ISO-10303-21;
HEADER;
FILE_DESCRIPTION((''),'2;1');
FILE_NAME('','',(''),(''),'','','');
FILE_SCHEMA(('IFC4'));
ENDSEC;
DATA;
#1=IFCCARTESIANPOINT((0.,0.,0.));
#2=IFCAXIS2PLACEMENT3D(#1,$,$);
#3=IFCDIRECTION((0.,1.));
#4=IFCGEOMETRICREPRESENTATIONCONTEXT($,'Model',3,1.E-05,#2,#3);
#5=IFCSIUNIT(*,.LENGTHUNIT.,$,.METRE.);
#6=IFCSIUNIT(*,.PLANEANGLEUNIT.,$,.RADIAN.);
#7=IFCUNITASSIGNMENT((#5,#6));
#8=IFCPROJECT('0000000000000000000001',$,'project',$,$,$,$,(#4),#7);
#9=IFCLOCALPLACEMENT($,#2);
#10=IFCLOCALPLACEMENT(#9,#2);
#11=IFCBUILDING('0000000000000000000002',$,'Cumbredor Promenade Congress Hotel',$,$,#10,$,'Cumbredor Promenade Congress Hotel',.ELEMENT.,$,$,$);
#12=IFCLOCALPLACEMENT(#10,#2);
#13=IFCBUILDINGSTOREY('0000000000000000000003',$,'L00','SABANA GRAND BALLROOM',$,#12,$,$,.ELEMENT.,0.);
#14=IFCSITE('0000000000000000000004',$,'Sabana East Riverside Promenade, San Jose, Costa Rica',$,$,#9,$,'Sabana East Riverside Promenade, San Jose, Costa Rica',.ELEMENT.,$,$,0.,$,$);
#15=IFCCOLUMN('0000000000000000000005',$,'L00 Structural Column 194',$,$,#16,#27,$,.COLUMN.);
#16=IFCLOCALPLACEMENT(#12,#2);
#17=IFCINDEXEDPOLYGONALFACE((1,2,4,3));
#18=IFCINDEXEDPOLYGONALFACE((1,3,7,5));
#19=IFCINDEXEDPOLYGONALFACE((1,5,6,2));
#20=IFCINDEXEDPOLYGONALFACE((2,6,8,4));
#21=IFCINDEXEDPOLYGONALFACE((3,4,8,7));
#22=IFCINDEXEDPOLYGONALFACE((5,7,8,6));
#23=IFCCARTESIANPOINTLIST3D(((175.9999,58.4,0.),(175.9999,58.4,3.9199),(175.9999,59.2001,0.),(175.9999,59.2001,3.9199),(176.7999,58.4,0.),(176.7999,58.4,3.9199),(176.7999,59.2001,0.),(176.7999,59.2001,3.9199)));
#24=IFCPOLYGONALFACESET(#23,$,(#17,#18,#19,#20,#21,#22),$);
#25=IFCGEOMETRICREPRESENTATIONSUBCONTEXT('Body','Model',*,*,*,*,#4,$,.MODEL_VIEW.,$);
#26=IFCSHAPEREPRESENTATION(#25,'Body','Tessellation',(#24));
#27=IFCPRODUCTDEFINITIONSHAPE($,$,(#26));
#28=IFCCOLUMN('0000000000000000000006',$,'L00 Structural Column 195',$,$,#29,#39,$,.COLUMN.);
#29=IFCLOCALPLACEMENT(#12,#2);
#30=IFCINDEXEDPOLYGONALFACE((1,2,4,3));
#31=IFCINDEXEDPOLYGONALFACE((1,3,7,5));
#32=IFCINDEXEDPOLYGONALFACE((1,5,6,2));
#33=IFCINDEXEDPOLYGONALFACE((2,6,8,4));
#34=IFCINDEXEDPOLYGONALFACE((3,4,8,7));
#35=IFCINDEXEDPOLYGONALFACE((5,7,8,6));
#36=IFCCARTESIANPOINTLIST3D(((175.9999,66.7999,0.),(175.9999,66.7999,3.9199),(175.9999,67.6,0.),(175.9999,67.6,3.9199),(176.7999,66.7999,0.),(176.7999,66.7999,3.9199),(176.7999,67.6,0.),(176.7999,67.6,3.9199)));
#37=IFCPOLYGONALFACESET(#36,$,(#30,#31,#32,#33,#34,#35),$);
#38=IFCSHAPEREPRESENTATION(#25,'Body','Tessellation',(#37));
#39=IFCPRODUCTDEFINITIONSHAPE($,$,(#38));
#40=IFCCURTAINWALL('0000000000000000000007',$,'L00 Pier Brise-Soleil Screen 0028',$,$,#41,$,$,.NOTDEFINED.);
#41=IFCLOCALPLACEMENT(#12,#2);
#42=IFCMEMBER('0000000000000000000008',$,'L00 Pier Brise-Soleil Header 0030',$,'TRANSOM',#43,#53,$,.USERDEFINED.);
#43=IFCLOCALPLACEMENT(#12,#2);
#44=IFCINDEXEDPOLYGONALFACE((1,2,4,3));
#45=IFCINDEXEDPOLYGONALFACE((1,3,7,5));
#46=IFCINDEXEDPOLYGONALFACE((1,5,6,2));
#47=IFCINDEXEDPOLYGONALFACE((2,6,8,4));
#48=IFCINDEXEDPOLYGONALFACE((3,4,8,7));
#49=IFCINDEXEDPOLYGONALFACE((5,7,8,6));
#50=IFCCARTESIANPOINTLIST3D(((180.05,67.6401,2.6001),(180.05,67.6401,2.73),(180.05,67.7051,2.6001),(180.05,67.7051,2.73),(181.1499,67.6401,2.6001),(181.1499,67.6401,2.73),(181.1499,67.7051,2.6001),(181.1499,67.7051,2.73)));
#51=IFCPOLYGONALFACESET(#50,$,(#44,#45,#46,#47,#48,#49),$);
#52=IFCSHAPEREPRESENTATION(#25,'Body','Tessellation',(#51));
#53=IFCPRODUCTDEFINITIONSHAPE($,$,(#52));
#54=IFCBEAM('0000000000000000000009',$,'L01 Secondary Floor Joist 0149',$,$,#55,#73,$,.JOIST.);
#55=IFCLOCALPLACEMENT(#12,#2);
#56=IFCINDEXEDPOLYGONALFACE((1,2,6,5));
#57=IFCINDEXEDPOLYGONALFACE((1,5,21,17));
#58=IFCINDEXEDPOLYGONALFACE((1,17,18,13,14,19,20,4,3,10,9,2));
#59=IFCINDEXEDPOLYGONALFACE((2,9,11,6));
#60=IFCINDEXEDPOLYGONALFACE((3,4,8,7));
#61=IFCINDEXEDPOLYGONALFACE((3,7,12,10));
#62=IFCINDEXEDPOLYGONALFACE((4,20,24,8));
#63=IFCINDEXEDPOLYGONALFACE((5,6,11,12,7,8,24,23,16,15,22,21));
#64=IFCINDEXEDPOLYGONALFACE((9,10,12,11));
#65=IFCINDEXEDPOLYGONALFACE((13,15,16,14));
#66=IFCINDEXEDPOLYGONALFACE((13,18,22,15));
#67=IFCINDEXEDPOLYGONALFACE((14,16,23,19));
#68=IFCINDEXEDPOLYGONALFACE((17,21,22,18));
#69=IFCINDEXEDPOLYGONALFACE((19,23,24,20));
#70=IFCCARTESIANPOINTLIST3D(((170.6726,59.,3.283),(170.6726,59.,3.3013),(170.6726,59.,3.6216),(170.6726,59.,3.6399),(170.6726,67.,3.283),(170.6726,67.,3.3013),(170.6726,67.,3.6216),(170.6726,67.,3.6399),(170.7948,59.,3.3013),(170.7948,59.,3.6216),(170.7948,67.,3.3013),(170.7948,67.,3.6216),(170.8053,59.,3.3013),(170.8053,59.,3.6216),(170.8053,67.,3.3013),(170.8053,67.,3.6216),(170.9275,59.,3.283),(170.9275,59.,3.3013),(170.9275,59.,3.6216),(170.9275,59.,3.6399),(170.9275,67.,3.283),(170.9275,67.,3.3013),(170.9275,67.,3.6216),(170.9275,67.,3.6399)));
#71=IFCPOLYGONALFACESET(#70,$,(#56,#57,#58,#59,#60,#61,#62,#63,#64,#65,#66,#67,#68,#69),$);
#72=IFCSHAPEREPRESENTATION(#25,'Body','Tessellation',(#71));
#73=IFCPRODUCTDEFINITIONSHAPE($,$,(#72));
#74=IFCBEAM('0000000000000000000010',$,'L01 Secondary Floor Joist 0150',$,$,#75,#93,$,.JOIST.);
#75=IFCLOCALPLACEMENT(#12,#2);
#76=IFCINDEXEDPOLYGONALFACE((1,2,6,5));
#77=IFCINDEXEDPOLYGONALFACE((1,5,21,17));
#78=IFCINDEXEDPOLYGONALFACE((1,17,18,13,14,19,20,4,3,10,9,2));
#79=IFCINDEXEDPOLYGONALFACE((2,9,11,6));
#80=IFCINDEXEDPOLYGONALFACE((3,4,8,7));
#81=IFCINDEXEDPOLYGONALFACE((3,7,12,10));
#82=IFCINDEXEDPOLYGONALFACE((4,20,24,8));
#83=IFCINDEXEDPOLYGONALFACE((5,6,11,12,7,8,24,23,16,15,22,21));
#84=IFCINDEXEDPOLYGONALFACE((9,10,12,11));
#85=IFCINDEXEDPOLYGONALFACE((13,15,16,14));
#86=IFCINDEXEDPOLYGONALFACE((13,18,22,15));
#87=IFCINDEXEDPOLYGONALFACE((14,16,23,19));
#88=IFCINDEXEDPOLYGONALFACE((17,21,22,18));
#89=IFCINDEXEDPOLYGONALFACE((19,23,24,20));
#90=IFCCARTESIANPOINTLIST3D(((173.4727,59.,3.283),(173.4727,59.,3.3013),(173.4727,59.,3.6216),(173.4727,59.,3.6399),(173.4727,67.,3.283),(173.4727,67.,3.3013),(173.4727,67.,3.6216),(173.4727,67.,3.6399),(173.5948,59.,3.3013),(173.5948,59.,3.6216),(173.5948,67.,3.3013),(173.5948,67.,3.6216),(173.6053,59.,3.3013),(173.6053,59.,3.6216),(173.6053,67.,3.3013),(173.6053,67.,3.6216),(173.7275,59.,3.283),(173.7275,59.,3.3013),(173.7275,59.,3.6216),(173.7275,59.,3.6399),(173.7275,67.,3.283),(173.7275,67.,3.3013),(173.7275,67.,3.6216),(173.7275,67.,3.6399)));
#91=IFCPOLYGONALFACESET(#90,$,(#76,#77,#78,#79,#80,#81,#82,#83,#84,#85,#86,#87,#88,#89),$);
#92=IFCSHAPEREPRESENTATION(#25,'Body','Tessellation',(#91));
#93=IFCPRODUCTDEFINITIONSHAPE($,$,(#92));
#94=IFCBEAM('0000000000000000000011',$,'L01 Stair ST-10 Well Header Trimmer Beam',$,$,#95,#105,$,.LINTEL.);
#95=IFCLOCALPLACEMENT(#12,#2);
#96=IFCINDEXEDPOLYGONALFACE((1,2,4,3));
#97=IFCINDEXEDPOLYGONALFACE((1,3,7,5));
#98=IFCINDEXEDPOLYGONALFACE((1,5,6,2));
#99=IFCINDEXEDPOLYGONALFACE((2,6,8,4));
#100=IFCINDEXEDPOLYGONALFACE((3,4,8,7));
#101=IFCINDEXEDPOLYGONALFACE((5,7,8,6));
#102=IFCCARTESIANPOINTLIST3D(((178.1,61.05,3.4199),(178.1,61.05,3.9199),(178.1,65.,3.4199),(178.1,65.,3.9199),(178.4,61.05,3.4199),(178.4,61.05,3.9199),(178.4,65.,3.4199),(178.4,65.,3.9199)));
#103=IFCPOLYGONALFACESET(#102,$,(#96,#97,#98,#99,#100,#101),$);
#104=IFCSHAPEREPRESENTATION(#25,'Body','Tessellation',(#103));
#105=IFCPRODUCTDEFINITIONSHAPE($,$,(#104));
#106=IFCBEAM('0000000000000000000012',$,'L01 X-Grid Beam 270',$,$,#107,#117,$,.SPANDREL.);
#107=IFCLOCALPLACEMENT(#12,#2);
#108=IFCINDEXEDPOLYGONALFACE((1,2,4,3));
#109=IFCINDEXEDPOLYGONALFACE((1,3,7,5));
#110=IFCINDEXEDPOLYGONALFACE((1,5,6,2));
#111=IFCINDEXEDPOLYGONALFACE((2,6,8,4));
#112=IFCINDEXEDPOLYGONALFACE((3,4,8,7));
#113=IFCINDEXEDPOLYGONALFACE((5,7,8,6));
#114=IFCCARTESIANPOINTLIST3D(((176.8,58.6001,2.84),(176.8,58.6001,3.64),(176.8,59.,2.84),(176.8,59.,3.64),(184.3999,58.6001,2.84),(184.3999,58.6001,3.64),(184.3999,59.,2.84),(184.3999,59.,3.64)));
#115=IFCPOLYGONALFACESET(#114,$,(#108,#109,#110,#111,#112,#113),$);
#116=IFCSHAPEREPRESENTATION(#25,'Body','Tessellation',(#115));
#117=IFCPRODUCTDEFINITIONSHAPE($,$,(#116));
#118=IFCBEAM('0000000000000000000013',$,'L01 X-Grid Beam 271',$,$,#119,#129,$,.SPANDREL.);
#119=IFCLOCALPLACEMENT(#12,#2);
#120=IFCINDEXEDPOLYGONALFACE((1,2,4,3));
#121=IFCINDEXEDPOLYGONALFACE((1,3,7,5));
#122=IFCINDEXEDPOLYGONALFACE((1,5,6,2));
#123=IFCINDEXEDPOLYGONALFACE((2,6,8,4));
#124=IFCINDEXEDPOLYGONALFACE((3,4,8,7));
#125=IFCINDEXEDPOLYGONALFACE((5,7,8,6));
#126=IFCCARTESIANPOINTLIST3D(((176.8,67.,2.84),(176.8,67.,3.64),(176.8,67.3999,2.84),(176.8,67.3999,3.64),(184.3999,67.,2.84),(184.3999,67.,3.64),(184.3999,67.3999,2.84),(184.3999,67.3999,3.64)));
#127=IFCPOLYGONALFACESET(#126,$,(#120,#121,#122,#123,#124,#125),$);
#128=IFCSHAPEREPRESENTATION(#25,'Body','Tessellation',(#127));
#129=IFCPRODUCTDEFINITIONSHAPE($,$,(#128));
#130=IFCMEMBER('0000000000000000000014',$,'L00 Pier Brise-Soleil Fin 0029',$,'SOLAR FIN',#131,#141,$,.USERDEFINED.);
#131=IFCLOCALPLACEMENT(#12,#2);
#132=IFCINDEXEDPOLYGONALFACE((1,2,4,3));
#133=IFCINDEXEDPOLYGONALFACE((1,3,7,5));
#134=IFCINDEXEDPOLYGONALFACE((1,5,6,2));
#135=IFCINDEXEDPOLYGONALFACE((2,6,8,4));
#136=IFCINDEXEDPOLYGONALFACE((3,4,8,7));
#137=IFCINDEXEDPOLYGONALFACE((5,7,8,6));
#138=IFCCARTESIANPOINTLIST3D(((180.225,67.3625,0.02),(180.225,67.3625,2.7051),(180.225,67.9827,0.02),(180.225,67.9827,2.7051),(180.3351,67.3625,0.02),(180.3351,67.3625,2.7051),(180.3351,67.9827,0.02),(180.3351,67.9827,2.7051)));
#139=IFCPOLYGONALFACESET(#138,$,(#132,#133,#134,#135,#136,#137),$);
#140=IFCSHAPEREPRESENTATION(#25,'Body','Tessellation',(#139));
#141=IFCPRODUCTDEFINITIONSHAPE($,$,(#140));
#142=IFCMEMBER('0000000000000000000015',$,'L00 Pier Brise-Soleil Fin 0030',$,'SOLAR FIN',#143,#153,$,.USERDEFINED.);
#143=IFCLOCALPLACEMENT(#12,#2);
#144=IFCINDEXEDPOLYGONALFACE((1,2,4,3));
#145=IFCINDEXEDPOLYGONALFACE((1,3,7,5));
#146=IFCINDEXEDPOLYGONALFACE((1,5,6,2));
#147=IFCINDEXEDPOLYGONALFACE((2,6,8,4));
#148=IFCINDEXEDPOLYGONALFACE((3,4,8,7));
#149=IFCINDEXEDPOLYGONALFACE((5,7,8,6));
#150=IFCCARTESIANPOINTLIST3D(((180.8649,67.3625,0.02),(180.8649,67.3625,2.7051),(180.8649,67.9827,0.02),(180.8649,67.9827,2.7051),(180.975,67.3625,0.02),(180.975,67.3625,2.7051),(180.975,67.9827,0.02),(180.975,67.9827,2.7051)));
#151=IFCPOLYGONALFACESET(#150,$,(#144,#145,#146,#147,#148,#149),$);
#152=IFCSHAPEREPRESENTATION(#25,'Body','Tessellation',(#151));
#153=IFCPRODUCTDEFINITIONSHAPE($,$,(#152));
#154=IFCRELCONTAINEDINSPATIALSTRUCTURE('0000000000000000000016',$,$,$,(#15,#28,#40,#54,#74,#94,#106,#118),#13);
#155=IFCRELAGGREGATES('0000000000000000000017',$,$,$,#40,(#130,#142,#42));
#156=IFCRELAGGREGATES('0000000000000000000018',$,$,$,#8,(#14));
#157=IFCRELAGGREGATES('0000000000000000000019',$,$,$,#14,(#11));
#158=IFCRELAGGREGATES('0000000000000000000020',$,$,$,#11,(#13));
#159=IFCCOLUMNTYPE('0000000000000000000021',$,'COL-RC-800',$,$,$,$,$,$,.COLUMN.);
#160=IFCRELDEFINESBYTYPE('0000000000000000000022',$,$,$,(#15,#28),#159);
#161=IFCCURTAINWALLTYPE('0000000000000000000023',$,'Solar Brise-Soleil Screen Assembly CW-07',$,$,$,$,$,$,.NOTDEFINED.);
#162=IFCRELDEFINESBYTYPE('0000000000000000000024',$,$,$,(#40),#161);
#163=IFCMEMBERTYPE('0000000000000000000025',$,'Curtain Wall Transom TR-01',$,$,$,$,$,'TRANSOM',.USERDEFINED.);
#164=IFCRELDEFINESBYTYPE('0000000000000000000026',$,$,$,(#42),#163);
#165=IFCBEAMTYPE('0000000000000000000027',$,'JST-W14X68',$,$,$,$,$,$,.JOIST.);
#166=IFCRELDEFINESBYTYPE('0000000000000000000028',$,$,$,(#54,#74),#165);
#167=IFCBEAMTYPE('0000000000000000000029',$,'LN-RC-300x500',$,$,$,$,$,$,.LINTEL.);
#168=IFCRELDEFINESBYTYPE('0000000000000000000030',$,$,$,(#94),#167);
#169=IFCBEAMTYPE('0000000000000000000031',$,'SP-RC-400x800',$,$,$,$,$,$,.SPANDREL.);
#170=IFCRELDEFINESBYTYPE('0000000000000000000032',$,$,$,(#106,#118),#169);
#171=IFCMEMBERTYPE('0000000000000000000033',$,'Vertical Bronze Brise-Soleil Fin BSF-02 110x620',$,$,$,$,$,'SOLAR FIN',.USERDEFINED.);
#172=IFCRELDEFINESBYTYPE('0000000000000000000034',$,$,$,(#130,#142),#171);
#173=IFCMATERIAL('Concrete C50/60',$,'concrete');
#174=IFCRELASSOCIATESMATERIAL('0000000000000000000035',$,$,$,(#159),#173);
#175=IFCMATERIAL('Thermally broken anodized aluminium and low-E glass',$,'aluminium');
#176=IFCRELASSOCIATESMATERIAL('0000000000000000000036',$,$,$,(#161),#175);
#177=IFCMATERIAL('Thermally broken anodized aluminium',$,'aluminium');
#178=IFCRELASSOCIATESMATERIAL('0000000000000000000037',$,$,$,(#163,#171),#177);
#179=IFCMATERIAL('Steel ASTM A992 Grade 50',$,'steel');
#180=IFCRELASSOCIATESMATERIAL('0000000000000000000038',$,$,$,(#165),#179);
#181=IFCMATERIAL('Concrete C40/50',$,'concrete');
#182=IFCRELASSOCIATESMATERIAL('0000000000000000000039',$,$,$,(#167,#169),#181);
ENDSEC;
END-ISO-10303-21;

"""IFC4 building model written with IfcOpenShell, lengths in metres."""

from ifc_helpers import new_model, si_unit, direction, frame, origin, origin_2d, place, context, subcontext, project, spatial, rectangle, i_section, extrude, material, material_profile, profile_set, type_object, element, aggregate, save


model = new_model("IFC4")

# Units and contexts
model_context = context("Model", 3, precision=1e-05, world=origin(), true_north=direction((0.0, 1.0)))
body_context = subcontext(model_context, "Body", "Model", "MODEL_VIEW")
ifc_project = project(units=[si_unit("LENGTHUNIT", "METRE"), si_unit("PLANEANGLEUNIT", "RADIAN")], contexts=[model_context])

# Site, building, storey
site_placement = place(None, origin())
site = spatial("IfcSite", under=ifc_project, at=site_placement, Name="Sabana East Riverside Promenade, San Jose, Costa Rica", LongName="Sabana East Riverside Promenade, San Jose, Costa Rica", CompositionType="ELEMENT", RefElevation=0.0)
building_placement = place(site_placement, origin())
building = spatial("IfcBuilding", under=site, at=building_placement, Name="Cumbredor Promenade Congress Hotel", LongName="Cumbredor Promenade Congress Hotel", CompositionType="ELEMENT")
storey_placement = place(building_placement, origin())
storey = spatial("IfcBuildingStorey", under=building, at=storey_placement, Name="L00", Description="SABANA GRAND BALLROOM", CompositionType="ELEMENT", Elevation=0.0)

# Columns
ifc_material_1 = material(Name="Concrete C50/60", Category="concrete")
ifc_material_profile_1 = material_profile(ifc_material_1, rectangle(XDim=0.8, YDim=0.8, at=origin_2d()), Name="RC 800x800")
ifc_profile_set_1 = profile_set([ifc_material_profile_1], Name="Concrete C50/60")
column_type = type_object("IfcColumnType", Name="COL-RC-800", PredefinedType="COLUMN", material=ifc_profile_set_1)
for number, where, z_axis, x_axis, name in (
    (1, (176.3999, 58.8, 0.0), (0.0, 0.0, 1.0), (1.0, 0.0, 0.0), "L00 Structural Column 194"),
    (2, (176.3999, 67.2, 0.0), (0.0, 0.0, 1.0), (1.0, 0.0, 0.0), "L00 Structural Column 195"),
):
    element("IfcColumn", number, at=place(storey_placement, frame(where, z_axis=z_axis, x_axis=x_axis)), inside=storey, type_object=column_type, Name=name, PredefinedType="COLUMN", context=body_context, shape_type="SweptSolid", body=[
        extrude(rectangle(XDim=0.8, YDim=0.8, at=origin_2d()), origin(), (0.0, 0.0, 1.0), 3.9199),
    ])

# Curtain wall, member
ifc_material_2 = material(Name="Thermally broken anodized aluminium and low-E glass", Category="aluminium")
curtain_wall_type = type_object("IfcCurtainWallType", Name="Solar Brise-Soleil Screen Assembly CW-07", PredefinedType="NOTDEFINED", material=ifc_material_2)
curtain_wall_placement = place(storey_placement, origin())
curtain_wall = element("IfcCurtainWall", 3, at=curtain_wall_placement, inside=storey, type_object=curtain_wall_type, Name="L00 Pier Brise-Soleil Screen 0028", PredefinedType="NOTDEFINED")
ifc_material_3 = material(Name="Thermally broken anodized aluminium", Category="aluminium")
ifc_material_profile_2 = material_profile(ifc_material_3, rectangle(XDim=0.0649, YDim=0.1299, at=origin_2d()), Name="ALU TRANSOM 65x130")
ifc_profile_set_2 = profile_set([ifc_material_profile_2], Name="Thermally broken anodized aluminium")
member_type_1 = type_object("IfcMemberType", Name="Curtain Wall Transom TR-01", ElementType="TRANSOM", PredefinedType="USERDEFINED", material=ifc_profile_set_2)
member_1_placement = place(storey_placement, frame((180.05, 67.6726, 2.665), z_axis=(1.0, 0.0, 0.0), x_axis=(0.0, 1.0, 0.0)))
member_1 = element("IfcMember", 4, at=member_1_placement, type_object=member_type_1, Name="L00 Pier Brise-Soleil Header 0030", ObjectType="TRANSOM", PredefinedType="USERDEFINED", context=body_context, shape_type="SweptSolid", body=[
    extrude(rectangle(XDim=0.0649, YDim=0.1299, at=origin_2d()), origin(), (0.0, 0.0, 1.0), 1.0999),
])

# Beams
ifc_material_4 = material(Name="Steel ASTM A992 Grade 50", Category="steel")
ifc_material_profile_3 = material_profile(ifc_material_4, i_section(OverallWidth=0.2549, OverallDepth=0.3569, WebThickness=0.0105, FlangeThickness=0.0183, at=origin_2d()), Name="W14X68")
ifc_profile_set_3 = profile_set([ifc_material_profile_3], Name="Steel ASTM A992 Grade 50")
beam_type_1 = type_object("IfcBeamType", Name="JST-W14X68", PredefinedType="JOIST", material=ifc_profile_set_3)
for number, where, z_axis, x_axis, name in (
    (5, (170.8, 59.0, 3.4614), (0.0, 1.0, 0.0), (-1.0, 0.0, 0.0), "L01 Secondary Floor Joist 0149"),
    (6, (173.6001, 59.0, 3.4614), (0.0, 1.0, 0.0), (-1.0, 0.0, 0.0), "L01 Secondary Floor Joist 0150"),
):
    element("IfcBeam", number, at=place(storey_placement, frame(where, z_axis=z_axis, x_axis=x_axis)), inside=storey, type_object=beam_type_1, Name=name, PredefinedType="JOIST", context=body_context, shape_type="SweptSolid", body=[
        extrude(i_section(OverallWidth=0.2549, OverallDepth=0.3569, WebThickness=0.0105, FlangeThickness=0.0183, at=origin_2d()), origin(), (0.0, 0.0, 1.0), 8.0),
    ])
ifc_material_5 = material(Name="Concrete C40/50", Category="concrete")
ifc_material_profile_4 = material_profile(ifc_material_5, rectangle(XDim=0.3, YDim=0.5, at=origin_2d()), Name="RC LINTEL 300x500")
ifc_profile_set_4 = profile_set([ifc_material_profile_4], Name="Concrete C40/50")
beam_type_2 = type_object("IfcBeamType", Name="LN-RC-300x500", PredefinedType="LINTEL", material=ifc_profile_set_4)
beam_placement = place(storey_placement, frame((178.25, 61.05, 3.6699), z_axis=(0.0, 1.0, 0.0), x_axis=(-1.0, 0.0, 0.0)))
element("IfcBeam", 7, at=beam_placement, inside=storey, type_object=beam_type_2, Name="L01 Stair ST-10 Well Header Trimmer Beam", PredefinedType="LINTEL", context=body_context, shape_type="SweptSolid", body=[
    extrude(rectangle(XDim=0.3, YDim=0.5, at=origin_2d()), origin(), (0.0, 0.0, 1.0), 3.95),
])
ifc_material_profile_5 = material_profile(ifc_material_5, rectangle(XDim=0.3999, YDim=0.8, at=origin_2d()), Name="RC SPANDREL 400x800")
ifc_profile_set_5 = profile_set([ifc_material_profile_5], Name="Concrete C40/50")
beam_type_3 = type_object("IfcBeamType", Name="SP-RC-400x800", PredefinedType="SPANDREL", material=ifc_profile_set_5)
for number, where, z_axis, x_axis, name in (
    (8, (176.8, 58.8, 3.24), (1.0, 0.0, 0.0), (0.0, 1.0, 0.0), "L01 X-Grid Beam 270"),
    (9, (176.8, 67.2, 3.24), (1.0, 0.0, 0.0), (0.0, 1.0, 0.0), "L01 X-Grid Beam 271"),
):
    element("IfcBeam", number, at=place(storey_placement, frame(where, z_axis=z_axis, x_axis=x_axis)), inside=storey, type_object=beam_type_3, Name=name, PredefinedType="SPANDREL", context=body_context, shape_type="SweptSolid", body=[
        extrude(rectangle(XDim=0.3999, YDim=0.8, at=origin_2d()), origin(), (0.0, 0.0, 1.0), 7.5999),
    ])

# Members
ifc_material_profile_6 = material_profile(ifc_material_3, rectangle(XDim=0.1101, YDim=0.6201, at=origin_2d()), Name="ARCH FIN 110x620")
ifc_profile_set_6 = profile_set([ifc_material_profile_6], Name="Thermally broken anodized aluminium")
member_type_2 = type_object("IfcMemberType", Name="Vertical Bronze Brise-Soleil Fin BSF-02 110x620", ElementType="SOLAR FIN", PredefinedType="USERDEFINED", material=ifc_profile_set_6)
member_2_placement = place(storey_placement, frame((180.28, 67.6726, 0.02), z_axis=(0.0, 0.0, 1.0), x_axis=(1.0, 0.0, 0.0)))
member_2 = element("IfcMember", 10, at=member_2_placement, type_object=member_type_2, Name="L00 Pier Brise-Soleil Fin 0029", ObjectType="SOLAR FIN", PredefinedType="USERDEFINED", context=body_context, shape_type="SweptSolid", body=[
    extrude(rectangle(XDim=0.1101, YDim=0.6201, at=origin_2d()), origin(), (0.0, 0.0, 1.0), 2.6851),
])
member_3_placement = place(storey_placement, frame((180.9199, 67.6726, 0.02), z_axis=(0.0, 0.0, 1.0), x_axis=(1.0, 0.0, 0.0)))
member_3 = element("IfcMember", 11, at=member_3_placement, type_object=member_type_2, Name="L00 Pier Brise-Soleil Fin 0030", ObjectType="SOLAR FIN", PredefinedType="USERDEFINED", context=body_context, shape_type="SweptSolid", body=[
    extrude(rectangle(XDim=0.1101, YDim=0.6201, at=origin_2d()), origin(), (0.0, 0.0, 1.0), 2.6851),
])
aggregate(curtain_wall, [member_2, member_3, member_1])

save(model, "model.ifc")
